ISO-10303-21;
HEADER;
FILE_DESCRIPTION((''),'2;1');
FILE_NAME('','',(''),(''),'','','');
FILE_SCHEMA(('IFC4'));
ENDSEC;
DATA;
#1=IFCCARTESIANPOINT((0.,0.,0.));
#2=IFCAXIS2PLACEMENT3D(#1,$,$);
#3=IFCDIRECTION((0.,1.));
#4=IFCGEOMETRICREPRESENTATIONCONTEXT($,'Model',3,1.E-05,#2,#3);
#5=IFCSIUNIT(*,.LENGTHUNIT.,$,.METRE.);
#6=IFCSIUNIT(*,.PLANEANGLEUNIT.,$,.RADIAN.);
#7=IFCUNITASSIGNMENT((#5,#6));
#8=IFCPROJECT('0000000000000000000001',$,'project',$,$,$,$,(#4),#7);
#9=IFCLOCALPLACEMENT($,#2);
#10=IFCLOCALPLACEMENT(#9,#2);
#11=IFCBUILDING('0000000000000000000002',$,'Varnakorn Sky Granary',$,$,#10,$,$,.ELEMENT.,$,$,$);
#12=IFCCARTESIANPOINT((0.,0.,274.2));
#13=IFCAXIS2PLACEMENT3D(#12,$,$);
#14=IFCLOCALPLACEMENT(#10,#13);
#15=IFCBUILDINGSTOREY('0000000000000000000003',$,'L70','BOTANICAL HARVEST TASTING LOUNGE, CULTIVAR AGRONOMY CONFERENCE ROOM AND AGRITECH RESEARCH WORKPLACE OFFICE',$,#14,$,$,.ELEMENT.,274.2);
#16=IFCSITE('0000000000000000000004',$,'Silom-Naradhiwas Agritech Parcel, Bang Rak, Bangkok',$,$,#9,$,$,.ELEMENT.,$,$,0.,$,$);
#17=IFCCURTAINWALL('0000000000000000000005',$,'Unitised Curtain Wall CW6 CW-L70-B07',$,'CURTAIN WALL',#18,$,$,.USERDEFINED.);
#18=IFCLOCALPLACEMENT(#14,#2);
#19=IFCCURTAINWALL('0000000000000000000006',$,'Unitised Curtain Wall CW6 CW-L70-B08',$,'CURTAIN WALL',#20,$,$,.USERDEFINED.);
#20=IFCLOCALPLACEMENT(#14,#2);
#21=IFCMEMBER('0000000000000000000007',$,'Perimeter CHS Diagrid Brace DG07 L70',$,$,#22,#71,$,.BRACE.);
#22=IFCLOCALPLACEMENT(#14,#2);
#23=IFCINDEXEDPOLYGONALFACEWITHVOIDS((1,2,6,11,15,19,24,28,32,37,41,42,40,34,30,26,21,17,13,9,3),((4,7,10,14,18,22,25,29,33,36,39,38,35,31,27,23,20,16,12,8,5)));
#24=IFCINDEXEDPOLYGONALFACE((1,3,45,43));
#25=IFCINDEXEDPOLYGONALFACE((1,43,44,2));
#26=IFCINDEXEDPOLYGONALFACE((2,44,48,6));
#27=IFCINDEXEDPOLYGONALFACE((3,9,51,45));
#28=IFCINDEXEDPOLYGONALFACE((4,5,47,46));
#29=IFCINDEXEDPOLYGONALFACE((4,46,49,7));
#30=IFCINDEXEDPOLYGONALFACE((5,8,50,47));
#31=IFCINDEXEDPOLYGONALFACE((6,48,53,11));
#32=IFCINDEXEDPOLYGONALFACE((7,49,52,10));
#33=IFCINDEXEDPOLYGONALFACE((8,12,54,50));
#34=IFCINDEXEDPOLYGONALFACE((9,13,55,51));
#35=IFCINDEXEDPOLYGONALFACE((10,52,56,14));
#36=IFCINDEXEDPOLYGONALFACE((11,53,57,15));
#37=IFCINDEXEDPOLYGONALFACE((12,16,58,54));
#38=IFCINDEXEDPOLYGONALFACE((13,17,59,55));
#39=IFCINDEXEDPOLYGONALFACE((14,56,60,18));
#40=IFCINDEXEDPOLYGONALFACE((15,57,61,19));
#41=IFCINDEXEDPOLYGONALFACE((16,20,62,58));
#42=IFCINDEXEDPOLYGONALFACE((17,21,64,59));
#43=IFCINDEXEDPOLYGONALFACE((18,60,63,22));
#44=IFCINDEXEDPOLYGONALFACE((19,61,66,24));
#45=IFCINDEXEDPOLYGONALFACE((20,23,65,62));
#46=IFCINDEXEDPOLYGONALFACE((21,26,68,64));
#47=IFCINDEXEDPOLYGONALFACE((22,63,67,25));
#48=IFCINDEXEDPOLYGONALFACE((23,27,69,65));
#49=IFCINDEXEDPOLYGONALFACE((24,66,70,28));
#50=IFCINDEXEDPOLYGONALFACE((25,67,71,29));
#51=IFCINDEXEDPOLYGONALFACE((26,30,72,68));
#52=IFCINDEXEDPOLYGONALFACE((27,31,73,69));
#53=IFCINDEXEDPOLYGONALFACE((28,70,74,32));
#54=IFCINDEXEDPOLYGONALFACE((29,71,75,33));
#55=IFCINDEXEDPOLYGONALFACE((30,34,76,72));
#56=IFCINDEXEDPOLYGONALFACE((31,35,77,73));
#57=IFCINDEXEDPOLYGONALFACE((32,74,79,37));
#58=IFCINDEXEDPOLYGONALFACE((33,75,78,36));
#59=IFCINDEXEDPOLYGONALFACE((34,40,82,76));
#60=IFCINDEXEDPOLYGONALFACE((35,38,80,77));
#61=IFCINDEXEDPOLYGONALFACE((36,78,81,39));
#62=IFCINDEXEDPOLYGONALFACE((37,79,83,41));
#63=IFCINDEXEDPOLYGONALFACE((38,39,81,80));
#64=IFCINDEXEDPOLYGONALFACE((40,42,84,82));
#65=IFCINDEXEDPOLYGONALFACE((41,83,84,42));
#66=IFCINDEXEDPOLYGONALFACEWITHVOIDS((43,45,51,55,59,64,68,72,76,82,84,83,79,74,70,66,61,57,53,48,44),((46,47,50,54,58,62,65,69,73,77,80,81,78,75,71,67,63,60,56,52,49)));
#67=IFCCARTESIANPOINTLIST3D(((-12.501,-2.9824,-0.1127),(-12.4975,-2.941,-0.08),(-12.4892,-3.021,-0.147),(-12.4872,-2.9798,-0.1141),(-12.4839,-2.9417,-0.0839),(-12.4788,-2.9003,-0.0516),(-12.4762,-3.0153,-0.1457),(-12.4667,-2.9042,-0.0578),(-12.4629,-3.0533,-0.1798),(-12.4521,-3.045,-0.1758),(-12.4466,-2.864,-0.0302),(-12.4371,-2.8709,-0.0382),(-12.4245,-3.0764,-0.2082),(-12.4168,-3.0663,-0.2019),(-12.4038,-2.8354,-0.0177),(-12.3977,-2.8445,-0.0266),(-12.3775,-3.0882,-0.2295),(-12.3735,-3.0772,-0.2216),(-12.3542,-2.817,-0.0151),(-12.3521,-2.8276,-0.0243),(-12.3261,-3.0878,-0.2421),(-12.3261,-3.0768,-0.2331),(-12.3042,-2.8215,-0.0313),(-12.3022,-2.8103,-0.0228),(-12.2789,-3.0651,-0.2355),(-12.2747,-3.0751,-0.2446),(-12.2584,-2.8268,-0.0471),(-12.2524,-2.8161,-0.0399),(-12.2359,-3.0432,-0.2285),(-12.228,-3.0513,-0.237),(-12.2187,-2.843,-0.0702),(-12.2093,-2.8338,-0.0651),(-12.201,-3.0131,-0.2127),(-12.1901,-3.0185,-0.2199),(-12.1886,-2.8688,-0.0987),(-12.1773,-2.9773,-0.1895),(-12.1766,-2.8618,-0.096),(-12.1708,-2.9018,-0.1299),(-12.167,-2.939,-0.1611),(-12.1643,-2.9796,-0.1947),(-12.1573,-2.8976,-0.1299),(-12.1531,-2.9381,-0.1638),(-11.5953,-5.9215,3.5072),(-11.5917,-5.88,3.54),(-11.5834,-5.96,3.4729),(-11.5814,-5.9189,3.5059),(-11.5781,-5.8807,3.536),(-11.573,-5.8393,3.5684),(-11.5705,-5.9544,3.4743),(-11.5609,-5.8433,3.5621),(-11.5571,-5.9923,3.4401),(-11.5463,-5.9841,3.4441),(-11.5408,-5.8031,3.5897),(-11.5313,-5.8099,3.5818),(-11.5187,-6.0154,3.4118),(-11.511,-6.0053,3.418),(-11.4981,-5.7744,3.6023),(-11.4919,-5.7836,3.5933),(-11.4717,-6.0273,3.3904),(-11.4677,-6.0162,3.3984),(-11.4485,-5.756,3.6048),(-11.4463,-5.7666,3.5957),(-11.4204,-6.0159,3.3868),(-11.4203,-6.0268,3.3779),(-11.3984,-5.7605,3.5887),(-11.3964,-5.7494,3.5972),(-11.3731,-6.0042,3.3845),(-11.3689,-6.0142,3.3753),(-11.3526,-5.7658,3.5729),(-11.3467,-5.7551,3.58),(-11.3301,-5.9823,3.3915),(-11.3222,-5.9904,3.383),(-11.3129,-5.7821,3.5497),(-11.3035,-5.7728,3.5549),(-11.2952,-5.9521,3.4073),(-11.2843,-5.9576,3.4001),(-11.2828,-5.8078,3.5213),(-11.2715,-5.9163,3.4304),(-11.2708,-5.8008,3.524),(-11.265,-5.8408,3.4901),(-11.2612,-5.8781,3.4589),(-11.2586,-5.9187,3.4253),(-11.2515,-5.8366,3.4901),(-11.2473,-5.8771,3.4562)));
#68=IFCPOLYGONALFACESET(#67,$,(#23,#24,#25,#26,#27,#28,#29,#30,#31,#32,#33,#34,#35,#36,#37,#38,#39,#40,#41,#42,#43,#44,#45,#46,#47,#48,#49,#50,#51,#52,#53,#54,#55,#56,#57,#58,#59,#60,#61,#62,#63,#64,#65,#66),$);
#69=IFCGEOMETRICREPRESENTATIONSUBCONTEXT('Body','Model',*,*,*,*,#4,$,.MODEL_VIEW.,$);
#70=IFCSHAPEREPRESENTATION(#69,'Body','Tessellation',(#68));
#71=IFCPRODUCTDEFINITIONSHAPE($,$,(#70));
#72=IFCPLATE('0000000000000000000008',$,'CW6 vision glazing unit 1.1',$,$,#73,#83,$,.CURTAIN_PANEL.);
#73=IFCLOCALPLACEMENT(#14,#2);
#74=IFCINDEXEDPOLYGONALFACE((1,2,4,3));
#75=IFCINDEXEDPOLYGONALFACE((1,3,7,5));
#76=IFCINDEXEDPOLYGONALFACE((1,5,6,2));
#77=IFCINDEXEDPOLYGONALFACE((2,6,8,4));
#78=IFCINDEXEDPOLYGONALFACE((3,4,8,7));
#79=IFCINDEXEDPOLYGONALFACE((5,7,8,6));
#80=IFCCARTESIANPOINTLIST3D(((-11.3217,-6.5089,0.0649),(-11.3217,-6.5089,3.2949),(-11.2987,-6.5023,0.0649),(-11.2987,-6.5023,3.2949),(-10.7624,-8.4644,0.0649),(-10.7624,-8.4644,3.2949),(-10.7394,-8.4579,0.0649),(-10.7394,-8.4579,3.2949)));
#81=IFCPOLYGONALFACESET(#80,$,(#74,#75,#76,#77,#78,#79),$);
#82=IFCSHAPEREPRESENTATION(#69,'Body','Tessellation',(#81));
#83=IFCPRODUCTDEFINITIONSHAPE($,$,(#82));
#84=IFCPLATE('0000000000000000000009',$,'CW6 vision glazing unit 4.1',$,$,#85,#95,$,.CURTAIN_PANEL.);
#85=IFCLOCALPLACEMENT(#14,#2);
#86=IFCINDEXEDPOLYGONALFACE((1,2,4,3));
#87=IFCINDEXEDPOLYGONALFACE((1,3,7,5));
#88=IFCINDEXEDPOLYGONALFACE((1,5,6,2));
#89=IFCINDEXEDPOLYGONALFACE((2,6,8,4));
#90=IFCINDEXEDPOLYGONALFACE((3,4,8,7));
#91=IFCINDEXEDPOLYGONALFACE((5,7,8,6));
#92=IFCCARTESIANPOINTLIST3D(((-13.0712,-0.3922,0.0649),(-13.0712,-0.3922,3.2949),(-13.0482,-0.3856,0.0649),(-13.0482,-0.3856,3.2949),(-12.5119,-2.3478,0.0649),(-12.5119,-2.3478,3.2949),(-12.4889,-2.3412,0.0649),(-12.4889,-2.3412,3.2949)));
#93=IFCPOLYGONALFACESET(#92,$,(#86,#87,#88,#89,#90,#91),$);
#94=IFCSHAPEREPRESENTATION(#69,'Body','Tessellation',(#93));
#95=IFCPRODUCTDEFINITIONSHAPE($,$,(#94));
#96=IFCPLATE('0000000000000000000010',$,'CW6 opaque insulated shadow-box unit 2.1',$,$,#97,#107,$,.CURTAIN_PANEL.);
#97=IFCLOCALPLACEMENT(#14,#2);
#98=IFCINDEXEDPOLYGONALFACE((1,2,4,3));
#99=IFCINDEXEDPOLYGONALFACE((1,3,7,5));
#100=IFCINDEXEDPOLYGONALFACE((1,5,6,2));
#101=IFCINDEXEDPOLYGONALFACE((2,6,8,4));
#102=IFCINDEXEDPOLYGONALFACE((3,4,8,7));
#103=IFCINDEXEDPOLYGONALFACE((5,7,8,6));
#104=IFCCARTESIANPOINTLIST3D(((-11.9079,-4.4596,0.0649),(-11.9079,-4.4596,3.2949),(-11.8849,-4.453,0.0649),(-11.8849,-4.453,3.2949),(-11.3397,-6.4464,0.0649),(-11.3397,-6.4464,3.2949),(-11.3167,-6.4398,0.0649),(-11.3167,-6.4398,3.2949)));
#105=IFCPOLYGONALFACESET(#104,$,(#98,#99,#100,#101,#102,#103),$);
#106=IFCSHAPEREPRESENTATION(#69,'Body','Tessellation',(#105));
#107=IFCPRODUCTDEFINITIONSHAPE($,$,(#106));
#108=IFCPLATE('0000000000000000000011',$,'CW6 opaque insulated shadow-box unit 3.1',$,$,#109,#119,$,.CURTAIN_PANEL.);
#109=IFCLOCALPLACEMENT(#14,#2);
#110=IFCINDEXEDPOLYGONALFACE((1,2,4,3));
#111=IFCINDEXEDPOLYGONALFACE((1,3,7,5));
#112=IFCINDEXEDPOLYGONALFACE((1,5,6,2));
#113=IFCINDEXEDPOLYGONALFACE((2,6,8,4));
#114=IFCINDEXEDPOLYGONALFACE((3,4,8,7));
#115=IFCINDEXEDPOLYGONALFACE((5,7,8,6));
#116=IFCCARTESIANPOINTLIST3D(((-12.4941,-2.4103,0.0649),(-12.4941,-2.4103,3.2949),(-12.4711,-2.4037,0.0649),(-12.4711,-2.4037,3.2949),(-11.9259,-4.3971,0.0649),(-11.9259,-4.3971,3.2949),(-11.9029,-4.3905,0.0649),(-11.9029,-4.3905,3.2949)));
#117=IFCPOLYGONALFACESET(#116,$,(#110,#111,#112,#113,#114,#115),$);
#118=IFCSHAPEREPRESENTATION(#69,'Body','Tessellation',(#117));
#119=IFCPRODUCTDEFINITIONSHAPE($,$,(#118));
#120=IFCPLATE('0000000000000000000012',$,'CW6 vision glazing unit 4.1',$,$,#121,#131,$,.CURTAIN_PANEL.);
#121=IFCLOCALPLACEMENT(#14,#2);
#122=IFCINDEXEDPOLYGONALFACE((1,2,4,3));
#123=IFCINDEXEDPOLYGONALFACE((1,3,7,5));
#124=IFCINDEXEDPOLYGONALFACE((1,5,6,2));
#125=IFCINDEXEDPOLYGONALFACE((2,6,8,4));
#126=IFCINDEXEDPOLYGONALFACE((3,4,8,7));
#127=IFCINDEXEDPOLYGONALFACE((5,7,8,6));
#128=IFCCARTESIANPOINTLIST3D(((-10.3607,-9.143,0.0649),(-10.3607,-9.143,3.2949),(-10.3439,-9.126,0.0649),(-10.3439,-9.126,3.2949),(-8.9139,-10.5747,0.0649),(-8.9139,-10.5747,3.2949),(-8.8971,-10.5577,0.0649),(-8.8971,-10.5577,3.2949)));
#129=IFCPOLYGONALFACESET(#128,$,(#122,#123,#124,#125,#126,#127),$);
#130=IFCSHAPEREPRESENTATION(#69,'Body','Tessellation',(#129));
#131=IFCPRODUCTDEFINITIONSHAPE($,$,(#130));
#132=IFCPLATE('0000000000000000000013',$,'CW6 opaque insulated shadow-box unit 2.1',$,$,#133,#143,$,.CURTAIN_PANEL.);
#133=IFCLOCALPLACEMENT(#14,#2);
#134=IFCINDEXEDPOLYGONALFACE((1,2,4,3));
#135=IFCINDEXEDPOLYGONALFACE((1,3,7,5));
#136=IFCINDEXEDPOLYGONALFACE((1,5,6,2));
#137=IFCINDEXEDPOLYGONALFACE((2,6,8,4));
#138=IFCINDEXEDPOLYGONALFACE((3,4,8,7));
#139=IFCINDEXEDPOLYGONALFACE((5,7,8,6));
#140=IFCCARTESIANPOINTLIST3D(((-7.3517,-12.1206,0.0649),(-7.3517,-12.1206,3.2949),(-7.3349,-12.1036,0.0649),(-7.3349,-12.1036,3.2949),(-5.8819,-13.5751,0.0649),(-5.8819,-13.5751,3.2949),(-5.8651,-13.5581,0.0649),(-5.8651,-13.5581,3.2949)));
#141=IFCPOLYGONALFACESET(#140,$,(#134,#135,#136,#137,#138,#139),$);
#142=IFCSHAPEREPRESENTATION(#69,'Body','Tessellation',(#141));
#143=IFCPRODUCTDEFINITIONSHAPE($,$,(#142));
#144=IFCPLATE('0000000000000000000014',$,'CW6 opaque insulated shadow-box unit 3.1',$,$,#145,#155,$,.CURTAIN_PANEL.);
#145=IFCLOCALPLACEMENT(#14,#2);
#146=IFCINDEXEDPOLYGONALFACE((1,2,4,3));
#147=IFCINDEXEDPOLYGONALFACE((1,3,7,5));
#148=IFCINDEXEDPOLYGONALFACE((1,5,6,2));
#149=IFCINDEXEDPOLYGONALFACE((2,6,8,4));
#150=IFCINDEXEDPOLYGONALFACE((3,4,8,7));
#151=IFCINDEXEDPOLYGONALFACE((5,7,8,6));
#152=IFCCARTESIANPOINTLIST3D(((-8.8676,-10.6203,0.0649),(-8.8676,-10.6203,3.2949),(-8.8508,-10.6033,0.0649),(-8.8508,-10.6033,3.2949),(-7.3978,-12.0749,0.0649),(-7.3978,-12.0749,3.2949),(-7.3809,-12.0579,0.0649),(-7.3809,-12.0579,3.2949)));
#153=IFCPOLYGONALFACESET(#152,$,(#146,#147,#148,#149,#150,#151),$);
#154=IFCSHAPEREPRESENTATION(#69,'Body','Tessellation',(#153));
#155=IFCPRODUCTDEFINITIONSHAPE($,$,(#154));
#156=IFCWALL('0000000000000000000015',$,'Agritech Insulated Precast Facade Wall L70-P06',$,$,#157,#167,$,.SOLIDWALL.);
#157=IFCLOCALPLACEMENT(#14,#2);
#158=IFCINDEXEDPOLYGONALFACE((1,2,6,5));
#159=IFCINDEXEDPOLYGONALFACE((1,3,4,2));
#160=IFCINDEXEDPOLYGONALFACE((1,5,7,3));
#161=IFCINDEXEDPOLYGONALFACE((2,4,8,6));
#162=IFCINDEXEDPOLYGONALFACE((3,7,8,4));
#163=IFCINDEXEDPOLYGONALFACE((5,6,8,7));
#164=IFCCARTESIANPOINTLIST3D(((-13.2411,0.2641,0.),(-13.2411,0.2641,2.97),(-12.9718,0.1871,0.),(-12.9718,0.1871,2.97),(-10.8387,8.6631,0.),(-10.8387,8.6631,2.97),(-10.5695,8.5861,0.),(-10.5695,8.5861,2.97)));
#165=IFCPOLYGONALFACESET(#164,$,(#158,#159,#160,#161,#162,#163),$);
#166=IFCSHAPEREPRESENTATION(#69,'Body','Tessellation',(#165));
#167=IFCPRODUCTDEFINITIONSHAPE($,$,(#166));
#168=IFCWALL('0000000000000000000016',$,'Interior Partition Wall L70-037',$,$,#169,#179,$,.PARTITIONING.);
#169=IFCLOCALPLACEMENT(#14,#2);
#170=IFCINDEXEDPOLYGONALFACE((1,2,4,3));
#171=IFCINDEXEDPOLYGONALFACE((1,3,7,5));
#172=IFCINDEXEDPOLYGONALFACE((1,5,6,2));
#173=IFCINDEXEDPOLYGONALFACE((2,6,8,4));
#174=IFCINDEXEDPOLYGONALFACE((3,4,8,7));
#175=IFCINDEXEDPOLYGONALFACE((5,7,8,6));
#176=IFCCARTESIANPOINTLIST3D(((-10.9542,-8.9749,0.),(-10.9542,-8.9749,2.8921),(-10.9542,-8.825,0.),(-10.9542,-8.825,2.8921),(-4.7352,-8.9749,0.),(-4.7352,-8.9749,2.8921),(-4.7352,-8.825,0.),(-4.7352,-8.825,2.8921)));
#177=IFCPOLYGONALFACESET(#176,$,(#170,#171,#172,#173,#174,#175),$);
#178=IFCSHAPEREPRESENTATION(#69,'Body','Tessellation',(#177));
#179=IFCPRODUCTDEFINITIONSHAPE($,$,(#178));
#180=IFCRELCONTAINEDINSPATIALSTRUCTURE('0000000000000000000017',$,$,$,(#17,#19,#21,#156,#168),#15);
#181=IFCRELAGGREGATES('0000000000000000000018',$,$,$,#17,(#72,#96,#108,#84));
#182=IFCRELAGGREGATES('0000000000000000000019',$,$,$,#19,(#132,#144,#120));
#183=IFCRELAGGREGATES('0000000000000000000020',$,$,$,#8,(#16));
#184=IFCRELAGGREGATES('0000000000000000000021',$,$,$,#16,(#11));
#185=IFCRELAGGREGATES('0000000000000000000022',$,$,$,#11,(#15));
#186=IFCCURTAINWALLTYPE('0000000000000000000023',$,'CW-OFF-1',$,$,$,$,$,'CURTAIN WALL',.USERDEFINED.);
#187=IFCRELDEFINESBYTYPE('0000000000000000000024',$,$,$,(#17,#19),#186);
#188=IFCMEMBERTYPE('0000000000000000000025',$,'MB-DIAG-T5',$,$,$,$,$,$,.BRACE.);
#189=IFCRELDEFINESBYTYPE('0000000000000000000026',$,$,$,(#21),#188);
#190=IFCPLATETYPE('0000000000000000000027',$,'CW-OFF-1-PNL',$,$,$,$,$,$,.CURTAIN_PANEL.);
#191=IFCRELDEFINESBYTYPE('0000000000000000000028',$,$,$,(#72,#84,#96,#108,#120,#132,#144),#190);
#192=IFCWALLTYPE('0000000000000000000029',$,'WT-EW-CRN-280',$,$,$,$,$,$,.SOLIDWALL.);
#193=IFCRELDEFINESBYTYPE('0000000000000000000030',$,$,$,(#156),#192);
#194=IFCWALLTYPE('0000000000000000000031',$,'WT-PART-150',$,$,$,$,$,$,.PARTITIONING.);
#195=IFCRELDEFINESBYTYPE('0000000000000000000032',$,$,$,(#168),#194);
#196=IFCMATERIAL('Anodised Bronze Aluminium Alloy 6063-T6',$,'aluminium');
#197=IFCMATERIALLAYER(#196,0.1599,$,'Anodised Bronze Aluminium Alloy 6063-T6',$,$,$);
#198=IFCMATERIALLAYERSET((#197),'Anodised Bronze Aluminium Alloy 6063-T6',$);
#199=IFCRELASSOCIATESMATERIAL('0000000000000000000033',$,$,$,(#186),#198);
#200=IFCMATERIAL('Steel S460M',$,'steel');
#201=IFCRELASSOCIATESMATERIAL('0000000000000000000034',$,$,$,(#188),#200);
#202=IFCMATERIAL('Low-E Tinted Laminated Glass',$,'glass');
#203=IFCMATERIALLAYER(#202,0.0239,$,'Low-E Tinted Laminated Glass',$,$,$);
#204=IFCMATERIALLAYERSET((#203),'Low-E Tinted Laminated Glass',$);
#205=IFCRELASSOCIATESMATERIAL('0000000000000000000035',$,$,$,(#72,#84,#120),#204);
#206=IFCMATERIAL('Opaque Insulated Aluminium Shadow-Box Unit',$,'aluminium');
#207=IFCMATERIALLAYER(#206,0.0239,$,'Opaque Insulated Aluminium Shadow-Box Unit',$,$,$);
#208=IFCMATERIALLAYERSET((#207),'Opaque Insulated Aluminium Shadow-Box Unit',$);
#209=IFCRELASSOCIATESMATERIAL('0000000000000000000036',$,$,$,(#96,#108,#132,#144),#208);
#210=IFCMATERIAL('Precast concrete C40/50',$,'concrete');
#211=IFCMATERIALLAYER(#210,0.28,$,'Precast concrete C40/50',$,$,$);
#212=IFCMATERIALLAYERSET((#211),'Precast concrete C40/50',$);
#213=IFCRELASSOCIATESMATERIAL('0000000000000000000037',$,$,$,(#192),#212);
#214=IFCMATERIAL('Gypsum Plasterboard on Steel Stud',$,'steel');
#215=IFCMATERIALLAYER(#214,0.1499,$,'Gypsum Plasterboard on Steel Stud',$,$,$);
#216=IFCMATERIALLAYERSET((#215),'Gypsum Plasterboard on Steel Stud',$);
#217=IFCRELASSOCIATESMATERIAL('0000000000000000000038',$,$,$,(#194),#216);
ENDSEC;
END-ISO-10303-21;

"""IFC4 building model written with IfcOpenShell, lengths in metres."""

from ifc_helpers import new_model, si_unit, direction, frame, frame_2d, origin, origin_2d, place, context, subcontext, project, spatial, rectangle, hollow_circle, extrude, source, transform, mapped, material, layer, layer_set, material_profile, profile_set, type_object, type_shapes, element, aggregate, save


model = new_model("IFC4")

# Units and contexts
model_context = context("Model", 3, precision=1e-05, world=origin(), true_north=direction((0.0, 1.0)))
body_context = subcontext(model_context, "Body", "Model", "MODEL_VIEW")
ifc_project = project(units=[si_unit("LENGTHUNIT", "METRE"), si_unit("PLANEANGLEUNIT", "RADIAN")], contexts=[model_context])

# Site, building, storey
site_placement = place(None, origin())
site = spatial("IfcSite", under=ifc_project, at=site_placement, Name="Silom-Naradhiwas Agritech Parcel, Bang Rak, Bangkok", CompositionType="ELEMENT", RefElevation=0.0)
building_placement = place(site_placement, origin())
building = spatial("IfcBuilding", under=site, at=building_placement, Name="Varnakorn Sky Granary", CompositionType="ELEMENT")
storey_placement = place(building_placement, frame((0.0, 0.0, 274.2)))
storey = spatial("IfcBuildingStorey", under=building, at=storey_placement, Name="L70", Description="BOTANICAL HARVEST TASTING LOUNGE, CULTIVAR AGRONOMY CONFERENCE ROOM AND AGRITECH RESEARCH WORKPLACE OFFICE", CompositionType="ELEMENT", Elevation=274.2)

# Shared definitions
ifc_material_1 = material(Name="Steel S460M", Category="steel")

# Curtain walls
ifc_material_2 = material(Name="Anodised Bronze Aluminium Alloy 6063-T6", Category="aluminium")
ifc_layer_1 = layer(ifc_material_2, 0.1599, Name="Anodised Bronze Aluminium Alloy 6063-T6")
ifc_layer_set_1 = layer_set([ifc_layer_1], Name="Anodised Bronze Aluminium Alloy 6063-T6")
curtain_wall_type = type_object("IfcCurtainWallType", Name="CW-OFF-1", ElementType="CURTAIN WALL", PredefinedType="USERDEFINED", material=ifc_layer_set_1)
curtain_wall_1_placement = place(storey_placement, origin())
curtain_wall_1 = element("IfcCurtainWall", 1, at=curtain_wall_1_placement, inside=storey, type_object=curtain_wall_type, Name="Unitised Curtain Wall CW6 CW-L70-B07", ObjectType="CURTAIN WALL", PredefinedType="USERDEFINED")
curtain_wall_2_placement = place(storey_placement, origin())
curtain_wall_2 = element("IfcCurtainWall", 2, at=curtain_wall_2_placement, inside=storey, type_object=curtain_wall_type, Name="Unitised Curtain Wall CW6 CW-L70-B08", ObjectType="CURTAIN WALL", PredefinedType="USERDEFINED")

# Member
ifc_material_profile_1 = material_profile(ifc_material_1, hollow_circle(Radius=0.1777, WallThickness=0.0142, at=origin_2d()), Name="CHS 355.6x14")
ifc_profile_set_1 = profile_set([ifc_material_profile_1], Name="Steel S460M")
member_type_1 = type_object("IfcMemberType", Name="MB-DIAG-T5", PredefinedType="BRACE", material=ifc_profile_set_1)
member_1_placement = place(storey_placement, frame((-12.3271, -2.95, -0.1299), z_axis=(0.190691, -0.618745, 0.762097), x_axis=(0.955645, 0.294521, 0.0)))
element("IfcMember", 3, at=member_1_placement, inside=storey, type_object=member_type_1, Name="Perimeter CHS Diagrid Brace DG07 L70", PredefinedType="BRACE", context=body_context, shape_type="SweptSolid", body=[
    extrude(hollow_circle(Radius=0.1777, WallThickness=0.0142, at=origin_2d()), origin(), (0.0, 0.0, 1.0), 4.75),
])

# Plates
ifc_material_3 = material(Name="Low-E Tinted Laminated Glass", Category="glass")
ifc_layer_2 = layer(ifc_material_3, 0.0239, Name="Low-E Tinted Laminated Glass")
ifc_layer_set_2 = layer_set([ifc_layer_2], Name="Low-E Tinted Laminated Glass")
plate_type = type_object("IfcPlateType", Name="CW-OFF-1-PNL", PredefinedType="CURTAIN_PANEL")
shared_shape_1 = source(origin(), body_context, "Body", "SweptSolid", [
    extrude(rectangle(XDim=2.0339, YDim=0.0239, at=origin_2d()), origin(), (0.0, 0.0, 1.0), 3.23),
])
plate_1_placement = place(storey_placement, frame((-11.0305, -7.4834, 0.0649), z_axis=(0.0, 0.0, 1.0), x_axis=(-0.274986, 0.961448, 0.0)))
plate_1 = element("IfcPlate", 4, at=plate_1_placement, type_object=plate_type, material=ifc_layer_set_2, Name="CW6 vision glazing unit 1.1", PredefinedType="CURTAIN_PANEL", context=body_context, shape_type="MappedRepresentation", body=[
    mapped(shared_shape_1, transform((0.0, 0.0, 0.0), x_axis=(1.0, 0.0, 0.0), y_axis=(0.0, 1.0, 0.0), z_axis=(0.0, 0.0, 1.0), scale=1.0)),
])
plate_2_placement = place(storey_placement, frame((-12.78, -1.3667, 0.0649), z_axis=(0.0, 0.0, 1.0), x_axis=(-0.274986, 0.961448, 0.0)))
plate_2 = element("IfcPlate", 5, at=plate_2_placement, type_object=plate_type, material=ifc_layer_set_2, Name="CW6 vision glazing unit 4.1", PredefinedType="CURTAIN_PANEL", context=body_context, shape_type="MappedRepresentation", body=[
    mapped(shared_shape_1, transform((0.0, 0.0, 0.0), x_axis=(1.0, 0.0, 0.0), y_axis=(0.0, 1.0, 0.0), z_axis=(0.0, 0.0, 1.0), scale=1.0)),
])
ifc_material_4 = material(Name="Opaque Insulated Aluminium Shadow-Box Unit", Category="aluminium")
ifc_layer_3 = layer(ifc_material_4, 0.0239, Name="Opaque Insulated Aluminium Shadow-Box Unit")
ifc_layer_set_3 = layer_set([ifc_layer_3], Name="Opaque Insulated Aluminium Shadow-Box Unit")
shared_shape_2 = source(origin(), body_context, "Body", "SweptSolid", [
    extrude(rectangle(XDim=2.0664, YDim=0.0239, at=origin_2d()), origin(), (0.0, 0.0, 1.0), 3.23),
])
plate_3_placement = place(storey_placement, frame((-11.6123, -5.4497, 0.0649), z_axis=(0.0, 0.0, 1.0), x_axis=(-0.274986, 0.961448, 0.0)))
plate_3 = element("IfcPlate", 6, at=plate_3_placement, type_object=plate_type, material=ifc_layer_set_3, Name="CW6 opaque insulated shadow-box unit 2.1", PredefinedType="CURTAIN_PANEL", context=body_context, shape_type="MappedRepresentation", body=[
    mapped(shared_shape_2, transform((0.0, 0.0, 0.0), x_axis=(1.0, 0.0, 0.0), y_axis=(0.0, 1.0, 0.0), z_axis=(0.0, 0.0, 1.0), scale=1.0)),
])
plate_4_placement = place(storey_placement, frame((-12.1985, -3.4004, 0.0649), z_axis=(0.0, 0.0, 1.0), x_axis=(-0.274986, 0.961448, 0.0)))
plate_4 = element("IfcPlate", 7, at=plate_4_placement, type_object=plate_type, material=ifc_layer_set_3, Name="CW6 opaque insulated shadow-box unit 3.1", PredefinedType="CURTAIN_PANEL", context=body_context, shape_type="MappedRepresentation", body=[
    mapped(shared_shape_2, transform((0.0, 0.0, 0.0), x_axis=(1.0, 0.0, 0.0), y_axis=(0.0, 1.0, 0.0), z_axis=(0.0, 0.0, 1.0), scale=1.0)),
])
aggregate(curtain_wall_1, [plate_1, plate_3, plate_4, plate_2])
shared_shape_3 = source(origin(), body_context, "Body", "SweptSolid", [
    extrude(rectangle(XDim=2.0354, YDim=0.0239, at=origin_2d()), origin(), (0.0, 0.0, 1.0), 3.23),
])
plate_5_placement = place(storey_placement, frame((-9.6289, -9.8503, 0.0649), z_axis=(0.0, 0.0, 1.0), x_axis=(-0.710795, 0.703399, 0.0)))
plate_5 = element("IfcPlate", 8, at=plate_5_placement, type_object=plate_type, material=ifc_layer_set_2, Name="CW6 vision glazing unit 4.1", PredefinedType="CURTAIN_PANEL", context=body_context, shape_type="MappedRepresentation", body=[
    mapped(shared_shape_3, transform((0.0, 0.0, 0.0), x_axis=(1.0, 0.0, 0.0), y_axis=(0.0, 1.0, 0.0), z_axis=(0.0, 0.0, 1.0), scale=1.0)),
])
shared_shape_4 = source(origin(), body_context, "Body", "SweptSolid", [
    extrude(rectangle(XDim=2.0679, YDim=0.0239, at=origin_2d()), origin(), (0.0, 0.0, 1.0), 3.23),
])
type_shapes(plate_type, [shared_shape_1, shared_shape_2, shared_shape_3, shared_shape_4])
plate_6_placement = place(storey_placement, frame((-6.6084, -12.8394, 0.0649), z_axis=(0.0, 0.0, 1.0), x_axis=(-0.710795, 0.703399, 0.0)))
plate_6 = element("IfcPlate", 9, at=plate_6_placement, type_object=plate_type, material=ifc_layer_set_3, Name="CW6 opaque insulated shadow-box unit 2.1", PredefinedType="CURTAIN_PANEL", context=body_context, shape_type="MappedRepresentation", body=[
    mapped(shared_shape_4, transform((0.0, 0.0, 0.0), x_axis=(1.0, 0.0, 0.0), y_axis=(0.0, 1.0, 0.0), z_axis=(0.0, 0.0, 1.0), scale=1.0)),
])
plate_7_placement = place(storey_placement, frame((-8.1243, -11.3391, 0.0649), z_axis=(0.0, 0.0, 1.0), x_axis=(-0.710795, 0.703399, 0.0)))
plate_7 = element("IfcPlate", 10, at=plate_7_placement, type_object=plate_type, material=ifc_layer_set_3, Name="CW6 opaque insulated shadow-box unit 3.1", PredefinedType="CURTAIN_PANEL", context=body_context, shape_type="MappedRepresentation", body=[
    mapped(shared_shape_4, transform((0.0, 0.0, 0.0), x_axis=(1.0, 0.0, 0.0), y_axis=(0.0, 1.0, 0.0), z_axis=(0.0, 0.0, 1.0), scale=1.0)),
])
aggregate(curtain_wall_2, [plate_6, plate_7, plate_5])

# Walls
ifc_material_5 = material(Name="Precast concrete C40/50", Category="concrete")
ifc_layer_4 = layer(ifc_material_5, 0.28, Name="Precast concrete C40/50")
ifc_layer_set_4 = layer_set([ifc_layer_4], Name="Precast concrete C40/50")
wall_type_1 = type_object("IfcWallType", Name="WT-EW-CRN-280", PredefinedType="SOLIDWALL", material=ifc_layer_set_4)
wall_1_placement = place(storey_placement, frame((-13.1064, 0.2256, 0.0), z_axis=(0.0, 0.0, 1.0), x_axis=(0.275002, 0.961444, 0.0)))
element("IfcWall", 11, at=wall_1_placement, inside=storey, type_object=wall_type_1, Name="Agritech Insulated Precast Facade Wall L70-P06", PredefinedType="SOLIDWALL", context=body_context, shape_type="SweptSolid", body=[
    extrude(rectangle(XDim=8.7358, YDim=0.28, at=frame_2d((4.3679, 0.0))), origin(), (0.0, 0.0, 1.0), 2.97),
])
ifc_material_6 = material(Name="Gypsum Plasterboard on Steel Stud", Category="steel")
ifc_layer_5 = layer(ifc_material_6, 0.1499, Name="Gypsum Plasterboard on Steel Stud")
ifc_layer_set_5 = layer_set([ifc_layer_5], Name="Gypsum Plasterboard on Steel Stud")
wall_type_2 = type_object("IfcWallType", Name="WT-PART-150", PredefinedType="PARTITIONING", material=ifc_layer_set_5)
wall_2_placement = place(storey_placement, frame((-10.9541, -8.8999, 0.0), z_axis=(0.0, 0.0, 1.0), x_axis=(1.0, 0.0, 0.0)))
element("IfcWall", 12, at=wall_2_placement, inside=storey, type_object=wall_type_2, Name="Interior Partition Wall L70-037", PredefinedType="PARTITIONING", context=body_context, shape_type="SweptSolid", body=[
    extrude(rectangle(XDim=6.219, YDim=0.1499, at=frame_2d((3.1094, 0.0))), origin(), (0.0, 0.0, 1.0), 2.8921),
])

save(model, "model.ifc")
